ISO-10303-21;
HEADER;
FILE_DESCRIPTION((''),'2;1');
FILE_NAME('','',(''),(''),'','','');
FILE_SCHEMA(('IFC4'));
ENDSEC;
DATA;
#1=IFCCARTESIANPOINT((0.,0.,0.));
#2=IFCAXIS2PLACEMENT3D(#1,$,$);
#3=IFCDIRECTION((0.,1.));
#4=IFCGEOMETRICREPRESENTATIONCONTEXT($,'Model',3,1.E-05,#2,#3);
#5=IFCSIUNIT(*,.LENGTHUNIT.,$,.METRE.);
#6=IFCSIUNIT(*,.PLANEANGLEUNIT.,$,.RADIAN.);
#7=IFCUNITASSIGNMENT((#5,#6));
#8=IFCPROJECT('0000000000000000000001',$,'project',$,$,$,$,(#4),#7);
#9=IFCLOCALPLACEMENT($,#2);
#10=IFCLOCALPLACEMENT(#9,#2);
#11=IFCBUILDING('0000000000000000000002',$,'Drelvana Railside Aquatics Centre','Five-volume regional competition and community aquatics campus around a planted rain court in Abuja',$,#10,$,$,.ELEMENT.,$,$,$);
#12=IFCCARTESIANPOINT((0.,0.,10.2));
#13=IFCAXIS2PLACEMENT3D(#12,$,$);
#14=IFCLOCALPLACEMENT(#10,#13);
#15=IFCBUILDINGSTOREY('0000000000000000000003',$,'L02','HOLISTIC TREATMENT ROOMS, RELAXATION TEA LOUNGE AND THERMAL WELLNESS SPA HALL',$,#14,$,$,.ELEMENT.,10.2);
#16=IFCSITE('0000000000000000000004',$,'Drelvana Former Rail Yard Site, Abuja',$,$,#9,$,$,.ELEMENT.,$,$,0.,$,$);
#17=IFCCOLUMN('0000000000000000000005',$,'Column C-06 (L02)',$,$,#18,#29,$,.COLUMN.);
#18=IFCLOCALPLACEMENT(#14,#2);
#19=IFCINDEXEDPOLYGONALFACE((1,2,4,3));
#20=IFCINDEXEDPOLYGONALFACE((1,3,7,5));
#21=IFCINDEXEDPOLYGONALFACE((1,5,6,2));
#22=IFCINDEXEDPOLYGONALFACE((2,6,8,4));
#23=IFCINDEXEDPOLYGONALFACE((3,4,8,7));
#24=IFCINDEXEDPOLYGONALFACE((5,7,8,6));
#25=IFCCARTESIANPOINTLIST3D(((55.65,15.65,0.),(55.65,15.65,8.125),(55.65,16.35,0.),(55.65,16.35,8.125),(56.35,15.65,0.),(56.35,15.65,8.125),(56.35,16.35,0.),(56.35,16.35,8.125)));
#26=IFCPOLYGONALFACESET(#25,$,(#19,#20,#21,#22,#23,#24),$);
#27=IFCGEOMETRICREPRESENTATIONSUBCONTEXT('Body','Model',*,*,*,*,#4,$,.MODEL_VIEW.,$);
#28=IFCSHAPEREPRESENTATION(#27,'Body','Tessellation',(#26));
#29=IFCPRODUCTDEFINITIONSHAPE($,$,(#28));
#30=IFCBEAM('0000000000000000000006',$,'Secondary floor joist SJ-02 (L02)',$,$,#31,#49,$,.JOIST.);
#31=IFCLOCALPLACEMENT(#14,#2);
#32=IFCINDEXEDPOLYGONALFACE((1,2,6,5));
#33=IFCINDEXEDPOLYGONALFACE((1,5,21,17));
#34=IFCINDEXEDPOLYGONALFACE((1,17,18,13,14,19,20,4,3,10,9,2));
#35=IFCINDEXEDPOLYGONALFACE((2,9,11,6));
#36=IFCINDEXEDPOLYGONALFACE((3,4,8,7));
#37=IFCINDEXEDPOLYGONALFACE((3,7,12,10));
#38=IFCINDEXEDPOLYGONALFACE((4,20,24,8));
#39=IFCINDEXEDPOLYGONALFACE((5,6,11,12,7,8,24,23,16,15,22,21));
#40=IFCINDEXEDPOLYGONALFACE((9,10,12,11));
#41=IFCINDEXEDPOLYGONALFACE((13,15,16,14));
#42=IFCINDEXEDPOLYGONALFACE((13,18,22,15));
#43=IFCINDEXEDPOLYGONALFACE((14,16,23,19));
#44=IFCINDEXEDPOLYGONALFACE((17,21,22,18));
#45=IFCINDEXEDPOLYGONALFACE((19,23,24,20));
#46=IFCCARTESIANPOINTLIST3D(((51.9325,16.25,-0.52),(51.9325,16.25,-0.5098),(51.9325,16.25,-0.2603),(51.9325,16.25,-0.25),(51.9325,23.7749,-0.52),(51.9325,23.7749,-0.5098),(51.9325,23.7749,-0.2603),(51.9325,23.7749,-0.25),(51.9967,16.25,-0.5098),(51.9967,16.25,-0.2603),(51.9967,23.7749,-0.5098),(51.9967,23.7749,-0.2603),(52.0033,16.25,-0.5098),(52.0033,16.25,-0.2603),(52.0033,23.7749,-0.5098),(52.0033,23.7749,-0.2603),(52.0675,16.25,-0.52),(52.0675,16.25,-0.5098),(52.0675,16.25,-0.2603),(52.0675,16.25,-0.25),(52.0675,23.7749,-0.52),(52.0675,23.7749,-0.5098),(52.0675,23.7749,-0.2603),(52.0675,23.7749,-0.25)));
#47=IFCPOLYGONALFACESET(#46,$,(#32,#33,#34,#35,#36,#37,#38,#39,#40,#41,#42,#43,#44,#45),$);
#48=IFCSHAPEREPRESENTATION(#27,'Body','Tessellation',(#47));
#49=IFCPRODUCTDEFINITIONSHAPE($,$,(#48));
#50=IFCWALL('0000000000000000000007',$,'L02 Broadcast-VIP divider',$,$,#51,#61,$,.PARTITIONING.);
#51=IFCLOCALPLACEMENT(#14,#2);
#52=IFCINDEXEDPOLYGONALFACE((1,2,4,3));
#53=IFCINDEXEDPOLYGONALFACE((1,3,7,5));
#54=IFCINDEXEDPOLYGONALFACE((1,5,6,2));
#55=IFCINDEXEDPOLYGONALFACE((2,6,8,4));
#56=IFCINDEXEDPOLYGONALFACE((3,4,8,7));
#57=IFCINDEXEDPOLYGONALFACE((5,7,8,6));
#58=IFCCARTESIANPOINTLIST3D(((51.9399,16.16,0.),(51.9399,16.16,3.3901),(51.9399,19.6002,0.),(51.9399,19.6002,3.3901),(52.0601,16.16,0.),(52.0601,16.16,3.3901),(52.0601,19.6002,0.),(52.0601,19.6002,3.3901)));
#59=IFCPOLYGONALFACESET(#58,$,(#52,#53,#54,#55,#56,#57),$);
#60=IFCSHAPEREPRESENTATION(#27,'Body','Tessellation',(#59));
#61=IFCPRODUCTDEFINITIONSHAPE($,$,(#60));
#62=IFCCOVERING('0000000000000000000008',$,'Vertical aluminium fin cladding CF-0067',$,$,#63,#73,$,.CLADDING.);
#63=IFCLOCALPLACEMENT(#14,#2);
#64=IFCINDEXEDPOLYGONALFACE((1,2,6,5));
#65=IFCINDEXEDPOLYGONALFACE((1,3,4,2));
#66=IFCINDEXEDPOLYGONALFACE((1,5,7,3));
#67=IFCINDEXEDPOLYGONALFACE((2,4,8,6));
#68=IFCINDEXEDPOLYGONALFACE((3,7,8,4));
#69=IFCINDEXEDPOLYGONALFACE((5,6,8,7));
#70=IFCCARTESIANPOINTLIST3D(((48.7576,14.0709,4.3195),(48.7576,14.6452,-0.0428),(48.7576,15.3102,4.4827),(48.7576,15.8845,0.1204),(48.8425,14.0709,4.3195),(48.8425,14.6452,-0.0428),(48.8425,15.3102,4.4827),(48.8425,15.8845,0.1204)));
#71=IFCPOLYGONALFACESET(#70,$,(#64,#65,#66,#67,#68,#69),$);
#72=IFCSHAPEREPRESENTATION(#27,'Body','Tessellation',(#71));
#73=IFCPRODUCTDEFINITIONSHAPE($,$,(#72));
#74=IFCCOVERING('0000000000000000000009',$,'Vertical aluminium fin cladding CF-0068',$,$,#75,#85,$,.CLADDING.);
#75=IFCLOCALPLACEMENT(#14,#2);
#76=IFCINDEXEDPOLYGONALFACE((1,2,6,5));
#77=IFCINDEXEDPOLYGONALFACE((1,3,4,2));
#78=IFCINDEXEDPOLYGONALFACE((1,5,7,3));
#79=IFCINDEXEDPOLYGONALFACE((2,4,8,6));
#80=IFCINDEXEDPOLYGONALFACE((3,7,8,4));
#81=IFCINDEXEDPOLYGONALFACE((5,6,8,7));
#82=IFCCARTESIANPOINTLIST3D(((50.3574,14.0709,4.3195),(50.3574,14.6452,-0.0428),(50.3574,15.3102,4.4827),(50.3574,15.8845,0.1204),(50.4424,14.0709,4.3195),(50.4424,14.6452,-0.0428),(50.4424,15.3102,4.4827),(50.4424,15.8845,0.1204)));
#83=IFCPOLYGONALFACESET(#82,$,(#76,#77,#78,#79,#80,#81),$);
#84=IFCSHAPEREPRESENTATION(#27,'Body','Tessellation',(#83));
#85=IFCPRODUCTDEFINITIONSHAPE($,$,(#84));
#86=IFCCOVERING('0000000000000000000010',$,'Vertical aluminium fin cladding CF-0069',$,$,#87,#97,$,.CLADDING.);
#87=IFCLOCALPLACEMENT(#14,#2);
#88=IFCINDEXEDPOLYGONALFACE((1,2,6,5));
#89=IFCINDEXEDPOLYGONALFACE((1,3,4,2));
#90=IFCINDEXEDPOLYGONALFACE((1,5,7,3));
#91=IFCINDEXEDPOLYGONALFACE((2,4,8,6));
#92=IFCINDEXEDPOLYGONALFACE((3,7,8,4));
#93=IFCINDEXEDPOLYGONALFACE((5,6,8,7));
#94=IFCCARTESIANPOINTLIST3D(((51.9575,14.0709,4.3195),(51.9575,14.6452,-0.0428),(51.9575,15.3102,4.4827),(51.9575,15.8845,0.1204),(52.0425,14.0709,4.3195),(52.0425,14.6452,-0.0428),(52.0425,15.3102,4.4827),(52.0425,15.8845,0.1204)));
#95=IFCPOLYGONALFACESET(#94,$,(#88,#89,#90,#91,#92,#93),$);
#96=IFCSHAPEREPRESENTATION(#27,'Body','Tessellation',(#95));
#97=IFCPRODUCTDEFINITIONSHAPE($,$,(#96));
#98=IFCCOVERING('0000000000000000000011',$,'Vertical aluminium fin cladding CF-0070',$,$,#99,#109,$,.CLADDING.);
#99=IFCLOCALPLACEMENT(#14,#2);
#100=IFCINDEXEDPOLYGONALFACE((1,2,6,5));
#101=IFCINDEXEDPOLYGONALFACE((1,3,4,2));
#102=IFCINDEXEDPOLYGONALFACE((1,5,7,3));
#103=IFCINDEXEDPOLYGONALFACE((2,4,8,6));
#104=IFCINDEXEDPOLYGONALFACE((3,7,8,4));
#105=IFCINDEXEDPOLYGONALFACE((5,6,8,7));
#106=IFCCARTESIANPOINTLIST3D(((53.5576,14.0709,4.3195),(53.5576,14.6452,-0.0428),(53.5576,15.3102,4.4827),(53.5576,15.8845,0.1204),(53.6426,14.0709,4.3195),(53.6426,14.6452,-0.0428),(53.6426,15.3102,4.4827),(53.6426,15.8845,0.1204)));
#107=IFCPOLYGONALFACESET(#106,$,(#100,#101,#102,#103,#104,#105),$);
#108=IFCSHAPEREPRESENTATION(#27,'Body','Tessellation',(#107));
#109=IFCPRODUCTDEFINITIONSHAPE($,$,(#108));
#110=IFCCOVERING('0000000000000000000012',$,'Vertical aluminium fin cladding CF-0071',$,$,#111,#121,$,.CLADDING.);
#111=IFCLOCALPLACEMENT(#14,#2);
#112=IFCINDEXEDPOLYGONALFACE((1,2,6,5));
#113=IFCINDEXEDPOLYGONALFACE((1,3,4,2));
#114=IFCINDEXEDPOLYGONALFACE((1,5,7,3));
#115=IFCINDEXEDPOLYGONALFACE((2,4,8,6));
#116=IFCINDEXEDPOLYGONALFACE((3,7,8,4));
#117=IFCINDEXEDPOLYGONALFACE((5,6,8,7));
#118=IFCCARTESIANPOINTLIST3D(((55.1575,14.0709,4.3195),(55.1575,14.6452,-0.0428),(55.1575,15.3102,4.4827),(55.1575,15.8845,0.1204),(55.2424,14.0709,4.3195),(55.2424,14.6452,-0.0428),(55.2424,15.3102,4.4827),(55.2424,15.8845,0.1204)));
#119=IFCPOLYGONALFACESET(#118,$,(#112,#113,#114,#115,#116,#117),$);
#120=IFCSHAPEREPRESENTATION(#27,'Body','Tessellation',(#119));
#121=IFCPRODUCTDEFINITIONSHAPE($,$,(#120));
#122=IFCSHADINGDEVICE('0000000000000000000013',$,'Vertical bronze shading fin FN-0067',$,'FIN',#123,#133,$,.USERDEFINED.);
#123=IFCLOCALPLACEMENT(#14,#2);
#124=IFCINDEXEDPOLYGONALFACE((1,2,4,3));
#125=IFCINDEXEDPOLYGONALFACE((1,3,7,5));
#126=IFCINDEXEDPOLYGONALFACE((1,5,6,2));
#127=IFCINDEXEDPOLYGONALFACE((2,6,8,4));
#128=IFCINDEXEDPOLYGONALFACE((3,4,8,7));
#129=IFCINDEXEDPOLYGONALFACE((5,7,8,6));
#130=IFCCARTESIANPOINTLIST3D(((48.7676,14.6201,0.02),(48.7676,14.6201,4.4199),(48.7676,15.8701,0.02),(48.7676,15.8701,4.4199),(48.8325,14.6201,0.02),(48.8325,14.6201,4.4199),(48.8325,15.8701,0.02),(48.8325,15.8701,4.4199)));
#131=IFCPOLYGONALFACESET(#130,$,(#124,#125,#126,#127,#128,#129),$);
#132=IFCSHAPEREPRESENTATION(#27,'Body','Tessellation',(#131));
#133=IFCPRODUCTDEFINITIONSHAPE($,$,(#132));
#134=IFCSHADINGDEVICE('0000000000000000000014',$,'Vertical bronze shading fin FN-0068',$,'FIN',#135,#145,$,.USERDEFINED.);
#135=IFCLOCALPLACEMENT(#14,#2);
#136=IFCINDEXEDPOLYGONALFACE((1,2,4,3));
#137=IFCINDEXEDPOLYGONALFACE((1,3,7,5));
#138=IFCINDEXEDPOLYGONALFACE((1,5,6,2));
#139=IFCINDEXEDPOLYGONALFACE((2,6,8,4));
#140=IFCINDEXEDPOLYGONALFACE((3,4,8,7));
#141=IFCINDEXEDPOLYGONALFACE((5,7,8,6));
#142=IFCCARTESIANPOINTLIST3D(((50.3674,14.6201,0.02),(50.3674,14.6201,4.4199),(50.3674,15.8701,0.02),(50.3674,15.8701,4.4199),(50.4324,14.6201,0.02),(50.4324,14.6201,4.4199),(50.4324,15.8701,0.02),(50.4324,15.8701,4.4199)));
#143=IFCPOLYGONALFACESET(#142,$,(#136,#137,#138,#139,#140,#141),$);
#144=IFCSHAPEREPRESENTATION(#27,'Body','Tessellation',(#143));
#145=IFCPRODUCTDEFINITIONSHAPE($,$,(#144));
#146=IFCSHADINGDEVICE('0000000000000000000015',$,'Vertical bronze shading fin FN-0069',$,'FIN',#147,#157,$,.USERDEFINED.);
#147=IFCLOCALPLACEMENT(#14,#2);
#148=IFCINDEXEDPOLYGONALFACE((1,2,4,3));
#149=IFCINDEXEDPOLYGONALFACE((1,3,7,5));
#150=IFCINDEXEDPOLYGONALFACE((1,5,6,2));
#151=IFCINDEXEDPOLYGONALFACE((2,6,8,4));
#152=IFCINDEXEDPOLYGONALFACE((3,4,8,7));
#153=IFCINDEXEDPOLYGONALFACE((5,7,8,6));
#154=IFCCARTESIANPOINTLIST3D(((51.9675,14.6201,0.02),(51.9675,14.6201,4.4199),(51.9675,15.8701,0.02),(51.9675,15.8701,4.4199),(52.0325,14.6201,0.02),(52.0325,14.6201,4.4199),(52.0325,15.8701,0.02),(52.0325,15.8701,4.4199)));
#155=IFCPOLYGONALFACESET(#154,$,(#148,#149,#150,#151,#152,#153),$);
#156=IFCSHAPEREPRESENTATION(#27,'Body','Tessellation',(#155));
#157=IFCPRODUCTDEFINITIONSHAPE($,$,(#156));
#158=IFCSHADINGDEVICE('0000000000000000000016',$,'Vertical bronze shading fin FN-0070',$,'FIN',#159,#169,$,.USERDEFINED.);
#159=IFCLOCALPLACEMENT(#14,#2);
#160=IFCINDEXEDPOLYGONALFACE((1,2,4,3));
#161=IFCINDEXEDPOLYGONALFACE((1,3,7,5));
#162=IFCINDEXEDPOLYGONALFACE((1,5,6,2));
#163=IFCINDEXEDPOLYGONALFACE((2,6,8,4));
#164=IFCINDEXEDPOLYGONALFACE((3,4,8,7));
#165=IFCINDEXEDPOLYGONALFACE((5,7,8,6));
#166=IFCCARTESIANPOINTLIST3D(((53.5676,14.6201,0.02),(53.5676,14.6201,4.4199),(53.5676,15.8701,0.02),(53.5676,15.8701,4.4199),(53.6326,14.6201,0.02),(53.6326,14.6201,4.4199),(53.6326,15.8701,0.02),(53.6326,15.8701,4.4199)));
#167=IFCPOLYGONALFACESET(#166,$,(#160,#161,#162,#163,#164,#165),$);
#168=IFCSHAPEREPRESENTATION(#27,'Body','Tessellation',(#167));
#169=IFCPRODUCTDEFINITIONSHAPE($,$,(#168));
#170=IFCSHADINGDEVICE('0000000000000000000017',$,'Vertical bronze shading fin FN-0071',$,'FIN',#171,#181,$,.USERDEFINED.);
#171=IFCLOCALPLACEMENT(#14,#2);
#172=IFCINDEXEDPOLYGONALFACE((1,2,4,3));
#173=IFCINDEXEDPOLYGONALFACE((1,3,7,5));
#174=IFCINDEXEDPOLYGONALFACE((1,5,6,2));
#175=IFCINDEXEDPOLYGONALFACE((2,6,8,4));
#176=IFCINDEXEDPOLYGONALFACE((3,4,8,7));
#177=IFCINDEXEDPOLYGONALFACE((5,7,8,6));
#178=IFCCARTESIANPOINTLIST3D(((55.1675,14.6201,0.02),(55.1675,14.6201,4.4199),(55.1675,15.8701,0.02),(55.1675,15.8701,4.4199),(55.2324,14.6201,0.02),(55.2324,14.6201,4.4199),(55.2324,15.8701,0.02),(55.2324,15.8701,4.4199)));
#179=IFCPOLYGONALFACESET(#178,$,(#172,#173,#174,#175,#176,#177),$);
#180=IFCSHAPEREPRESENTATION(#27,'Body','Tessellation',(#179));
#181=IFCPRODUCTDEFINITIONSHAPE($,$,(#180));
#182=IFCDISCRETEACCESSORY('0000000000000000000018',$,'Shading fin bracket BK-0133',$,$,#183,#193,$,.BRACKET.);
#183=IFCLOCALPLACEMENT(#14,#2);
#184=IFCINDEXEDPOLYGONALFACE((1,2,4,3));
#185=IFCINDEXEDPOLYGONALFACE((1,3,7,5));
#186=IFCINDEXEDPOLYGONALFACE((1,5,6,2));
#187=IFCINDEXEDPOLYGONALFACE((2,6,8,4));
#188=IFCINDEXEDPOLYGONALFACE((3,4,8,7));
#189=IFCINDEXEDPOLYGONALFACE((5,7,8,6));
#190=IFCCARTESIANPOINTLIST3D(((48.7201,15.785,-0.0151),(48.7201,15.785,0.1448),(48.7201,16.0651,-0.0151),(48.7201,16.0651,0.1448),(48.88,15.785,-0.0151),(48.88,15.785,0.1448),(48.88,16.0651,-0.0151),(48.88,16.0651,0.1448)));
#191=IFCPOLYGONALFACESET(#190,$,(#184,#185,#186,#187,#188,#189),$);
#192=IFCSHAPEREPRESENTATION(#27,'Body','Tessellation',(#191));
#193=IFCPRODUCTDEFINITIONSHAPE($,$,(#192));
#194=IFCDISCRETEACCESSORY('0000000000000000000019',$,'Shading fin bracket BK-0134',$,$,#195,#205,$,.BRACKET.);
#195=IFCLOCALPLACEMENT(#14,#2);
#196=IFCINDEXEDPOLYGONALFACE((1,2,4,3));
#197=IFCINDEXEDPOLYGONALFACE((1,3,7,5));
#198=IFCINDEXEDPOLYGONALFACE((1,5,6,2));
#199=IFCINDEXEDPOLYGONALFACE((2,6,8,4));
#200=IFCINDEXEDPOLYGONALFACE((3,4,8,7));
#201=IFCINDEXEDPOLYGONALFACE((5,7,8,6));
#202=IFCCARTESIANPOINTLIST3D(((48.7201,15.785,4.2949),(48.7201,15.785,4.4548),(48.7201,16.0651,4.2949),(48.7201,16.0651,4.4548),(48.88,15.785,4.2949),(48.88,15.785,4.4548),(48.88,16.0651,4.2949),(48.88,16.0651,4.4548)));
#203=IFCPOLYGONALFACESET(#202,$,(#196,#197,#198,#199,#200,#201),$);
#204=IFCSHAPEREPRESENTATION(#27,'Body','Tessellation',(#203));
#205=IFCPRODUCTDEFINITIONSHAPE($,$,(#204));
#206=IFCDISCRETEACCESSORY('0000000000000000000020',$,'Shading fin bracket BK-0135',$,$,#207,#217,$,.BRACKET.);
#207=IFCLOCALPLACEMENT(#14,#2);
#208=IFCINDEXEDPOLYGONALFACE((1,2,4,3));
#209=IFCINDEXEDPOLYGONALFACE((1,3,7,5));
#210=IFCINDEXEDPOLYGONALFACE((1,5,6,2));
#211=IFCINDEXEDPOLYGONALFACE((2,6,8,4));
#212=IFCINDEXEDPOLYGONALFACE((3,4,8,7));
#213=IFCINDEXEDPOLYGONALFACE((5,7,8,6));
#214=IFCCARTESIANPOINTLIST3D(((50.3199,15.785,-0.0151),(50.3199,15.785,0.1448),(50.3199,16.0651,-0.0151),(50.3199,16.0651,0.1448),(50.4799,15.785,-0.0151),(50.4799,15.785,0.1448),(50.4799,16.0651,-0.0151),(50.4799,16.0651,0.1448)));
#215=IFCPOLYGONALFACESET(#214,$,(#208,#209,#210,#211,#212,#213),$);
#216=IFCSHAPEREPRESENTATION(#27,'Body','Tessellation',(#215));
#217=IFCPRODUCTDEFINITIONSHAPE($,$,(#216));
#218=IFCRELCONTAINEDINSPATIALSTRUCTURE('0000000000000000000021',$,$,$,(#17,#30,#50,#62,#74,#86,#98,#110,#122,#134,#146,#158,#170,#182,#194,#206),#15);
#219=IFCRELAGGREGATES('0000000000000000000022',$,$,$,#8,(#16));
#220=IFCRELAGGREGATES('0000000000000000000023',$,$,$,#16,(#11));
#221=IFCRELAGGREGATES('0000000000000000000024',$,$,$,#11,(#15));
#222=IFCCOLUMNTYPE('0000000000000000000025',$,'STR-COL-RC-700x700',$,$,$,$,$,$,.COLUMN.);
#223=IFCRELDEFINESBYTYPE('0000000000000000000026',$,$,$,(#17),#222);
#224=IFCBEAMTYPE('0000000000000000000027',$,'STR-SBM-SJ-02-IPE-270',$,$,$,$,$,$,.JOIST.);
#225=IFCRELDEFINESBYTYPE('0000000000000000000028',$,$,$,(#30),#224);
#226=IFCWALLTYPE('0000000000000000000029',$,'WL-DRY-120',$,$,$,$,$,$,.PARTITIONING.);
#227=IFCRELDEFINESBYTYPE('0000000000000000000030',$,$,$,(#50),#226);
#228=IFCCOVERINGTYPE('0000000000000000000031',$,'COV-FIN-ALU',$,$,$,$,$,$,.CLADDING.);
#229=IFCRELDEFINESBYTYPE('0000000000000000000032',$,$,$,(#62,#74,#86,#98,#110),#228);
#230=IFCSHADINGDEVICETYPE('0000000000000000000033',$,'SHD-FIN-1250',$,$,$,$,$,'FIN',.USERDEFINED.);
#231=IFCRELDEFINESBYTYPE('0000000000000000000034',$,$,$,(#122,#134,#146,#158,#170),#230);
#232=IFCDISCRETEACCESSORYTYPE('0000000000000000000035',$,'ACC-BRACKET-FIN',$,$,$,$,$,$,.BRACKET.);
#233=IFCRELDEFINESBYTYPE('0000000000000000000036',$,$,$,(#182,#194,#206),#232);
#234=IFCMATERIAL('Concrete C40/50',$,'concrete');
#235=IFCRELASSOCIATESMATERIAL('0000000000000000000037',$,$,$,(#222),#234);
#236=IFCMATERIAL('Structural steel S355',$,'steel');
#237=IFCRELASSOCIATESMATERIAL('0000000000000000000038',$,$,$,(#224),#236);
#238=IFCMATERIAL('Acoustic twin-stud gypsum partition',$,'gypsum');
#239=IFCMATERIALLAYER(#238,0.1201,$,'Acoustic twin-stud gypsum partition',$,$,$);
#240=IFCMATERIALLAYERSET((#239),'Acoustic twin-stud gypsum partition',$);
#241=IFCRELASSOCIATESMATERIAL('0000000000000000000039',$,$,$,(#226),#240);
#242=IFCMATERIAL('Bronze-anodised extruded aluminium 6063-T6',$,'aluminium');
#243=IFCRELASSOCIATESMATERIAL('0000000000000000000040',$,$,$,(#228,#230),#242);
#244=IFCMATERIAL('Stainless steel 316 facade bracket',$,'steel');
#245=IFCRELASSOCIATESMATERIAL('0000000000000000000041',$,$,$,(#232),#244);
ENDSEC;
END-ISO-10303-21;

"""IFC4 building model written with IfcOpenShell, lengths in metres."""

from ifc_helpers import new_model, si_unit, direction, frame, frame_2d, origin, origin_2d, place, context, subcontext, project, spatial, rectangle, i_section, extrude, material, layer, layer_set, material_profile, profile_set, type_object, element, save


model = new_model("IFC4")

# Units and contexts
model_context = context("Model", 3, precision=1e-05, world=origin(), true_north=direction((0.0, 1.0)))
body_context = subcontext(model_context, "Body", "Model", "MODEL_VIEW")
ifc_project = project(units=[si_unit("LENGTHUNIT", "METRE"), si_unit("PLANEANGLEUNIT", "RADIAN")], contexts=[model_context])

# Site, building, storey
site_placement = place(None, origin())
site = spatial("IfcSite", under=ifc_project, at=site_placement, Name="Drelvana Former Rail Yard Site, Abuja", CompositionType="ELEMENT", RefElevation=0.0)
building_placement = place(site_placement, origin())
building = spatial("IfcBuilding", under=site, at=building_placement, Name="Drelvana Railside Aquatics Centre", Description="Five-volume regional competition and community aquatics campus around a planted rain court in Abuja", CompositionType="ELEMENT")
storey_placement = place(building_placement, frame((0.0, 0.0, 10.2)))
storey = spatial("IfcBuildingStorey", under=building, at=storey_placement, Name="L02", Description="HOLISTIC TREATMENT ROOMS, RELAXATION TEA LOUNGE AND THERMAL WELLNESS SPA HALL", CompositionType="ELEMENT", Elevation=10.2)

# Column
ifc_material_1 = material(Name="Concrete C40/50", Category="concrete")
ifc_material_profile_1 = material_profile(ifc_material_1, rectangle(XDim=0.7, YDim=0.7, at=origin_2d()), Name="RC 700x700")
ifc_profile_set_1 = profile_set([ifc_material_profile_1], Name="Concrete C40/50")
column_type = type_object("IfcColumnType", Name="STR-COL-RC-700x700", PredefinedType="COLUMN", material=ifc_profile_set_1)
column_placement = place(storey_placement, frame((56.0, 16.0, 0.0), z_axis=(0.0, 0.0, 1.0), x_axis=(1.0, 0.0, 0.0)))
element("IfcColumn", 1, at=column_placement, inside=storey, type_object=column_type, Name="Column C-06 (L02)", PredefinedType="COLUMN", context=body_context, shape_type="SweptSolid", body=[
    extrude(rectangle(XDim=0.7, YDim=0.7, at=origin_2d()), origin(), (0.0, 0.0, 1.0), 8.125),
])

# Beam
ifc_material_2 = material(Name="Structural steel S355", Category="steel")
ifc_material_profile_2 = material_profile(ifc_material_2, i_section(OverallWidth=0.135, OverallDepth=0.27, WebThickness=0.0066, FlangeThickness=0.0103, at=origin_2d()), Name="IPE 270")
ifc_profile_set_2 = profile_set([ifc_material_profile_2], Name="Structural steel S355")
beam_type = type_object("IfcBeamType", Name="STR-SBM-SJ-02-IPE-270", PredefinedType="JOIST", material=ifc_profile_set_2)
beam_placement = place(storey_placement, frame((52.0, 16.25, -0.385), z_axis=(0.0, 1.0, 0.0), x_axis=(-1.0, 0.0, 0.0)))
element("IfcBeam", 2, at=beam_placement, inside=storey, type_object=beam_type, Name="Secondary floor joist SJ-02 (L02)", PredefinedType="JOIST", context=body_context, shape_type="SweptSolid", body=[
    extrude(i_section(OverallWidth=0.135, OverallDepth=0.27, WebThickness=0.0066, FlangeThickness=0.0103, at=origin_2d()), origin(), (0.0, 0.0, 1.0), 7.5249),
])

# Wall
ifc_material_3 = material(Name="Acoustic twin-stud gypsum partition", Category="gypsum")
ifc_layer = layer(ifc_material_3, 0.1201, Name="Acoustic twin-stud gypsum partition")
ifc_layer_set = layer_set([ifc_layer], Name="Acoustic twin-stud gypsum partition")
wall_type = type_object("IfcWallType", Name="WL-DRY-120", PredefinedType="PARTITIONING", material=ifc_layer_set)
wall_placement = place(storey_placement, frame((52.0, 16.1599, 0.0), z_axis=(0.0, 0.0, 1.0), x_axis=(0.0, 1.0, 0.0)))
element("IfcWall", 3, at=wall_placement, inside=storey, type_object=wall_type, Name="L02 Broadcast-VIP divider", PredefinedType="PARTITIONING", context=body_context, shape_type="SweptSolid", body=[
    extrude(rectangle(XDim=3.4402, YDim=0.1201, at=frame_2d((1.7202, 0.0))), origin(), (0.0, 0.0, 1.0), 3.3901),
])

# Coverings
ifc_material_4 = material(Name="Bronze-anodised extruded aluminium 6063-T6", Category="aluminium")
covering_type = type_object("IfcCoveringType", Name="COV-FIN-ALU", PredefinedType="CLADDING", material=ifc_material_4)
for number, where, z_axis, x_axis, name in (
    (4, (48.8, 15.2649, 0.0388), (0.0, -0.130526, 0.991445), (-1.0, 0.0, 0.0), "Vertical aluminium fin cladding CF-0067"),
    (5, (50.3999, 15.2649, 0.0388), (0.0, -0.130526, 0.991445), (-1.0, 0.0, 0.0), "Vertical aluminium fin cladding CF-0068"),
    (6, (52.0, 15.2649, 0.0388), (0.0, -0.130526, 0.991445), (-1.0, 0.0, 0.0), "Vertical aluminium fin cladding CF-0069"),
    (7, (53.6001, 15.2649, 0.0388), (0.0, -0.130526, 0.991445), (-1.0, 0.0, 0.0), "Vertical aluminium fin cladding CF-0070"),
    (8, (55.2, 15.2649, 0.0388), (0.0, -0.130526, 0.991445), (-1.0, 0.0, 0.0), "Vertical aluminium fin cladding CF-0071"),
):
    element("IfcCovering", number, at=place(storey_placement, frame(where, z_axis=z_axis, x_axis=x_axis)), inside=storey, type_object=covering_type, Name=name, PredefinedType="CLADDING", context=body_context, shape_type="SweptSolid", body=[
        extrude(rectangle(XDim=0.085, YDim=1.25, at=origin_2d()), origin(), (0.0, 0.0, 1.0), 4.3999),
    ])

# Shading devices
shading_device_type = type_object("IfcShadingDeviceType", Name="SHD-FIN-1250", ElementType="FIN", PredefinedType="USERDEFINED", material=ifc_material_4)
for number, where, z_axis, x_axis, name in (
    (9, (48.8, 15.2451, 0.02), (0.0, 0.0, 1.0), (0.0, -1.0, 0.0), "Vertical bronze shading fin FN-0067"),
    (10, (50.3999, 15.2451, 0.02), (0.0, 0.0, 1.0), (0.0, -1.0, 0.0), "Vertical bronze shading fin FN-0068"),
    (11, (52.0, 15.2451, 0.02), (0.0, 0.0, 1.0), (0.0, -1.0, 0.0), "Vertical bronze shading fin FN-0069"),
    (12, (53.6001, 15.2451, 0.02), (0.0, 0.0, 1.0), (0.0, -1.0, 0.0), "Vertical bronze shading fin FN-0070"),
    (13, (55.2, 15.2451, 0.02), (0.0, 0.0, 1.0), (0.0, -1.0, 0.0), "Vertical bronze shading fin FN-0071"),
):
    element("IfcShadingDevice", number, at=place(storey_placement, frame(where, z_axis=z_axis, x_axis=x_axis)), inside=storey, type_object=shading_device_type, Name=name, ObjectType="FIN", PredefinedType="USERDEFINED", context=body_context, shape_type="SweptSolid", body=[
        extrude(rectangle(XDim=1.25, YDim=0.0649, at=origin_2d()), origin(), (0.0, 0.0, 1.0), 4.3999),
    ])

# Discrete accessories
ifc_material_5 = material(Name="Stainless steel 316 facade bracket", Category="steel")
discrete_accessory_type = type_object("IfcDiscreteAccessoryType", Name="ACC-BRACKET-FIN", PredefinedType="BRACKET", material=ifc_material_5)
for number, where, z_axis, x_axis, name in (
    (14, (48.8, 15.925, -0.0151), (0.0, 0.0, 1.0), (0.0, -1.0, 0.0), "Shading fin bracket BK-0133"),
    (15, (48.8, 15.925, 4.2949), (0.0, 0.0, 1.0), (0.0, -1.0, 0.0), "Shading fin bracket BK-0134"),
    (16, (50.3999, 15.925, -0.0151), (0.0, 0.0, 1.0), (0.0, -1.0, 0.0), "Shading fin bracket BK-0135"),
):
    element("IfcDiscreteAccessory", number, at=place(storey_placement, frame(where, z_axis=z_axis, x_axis=x_axis)), inside=storey, type_object=discrete_accessory_type, Name=name, PredefinedType="BRACKET", context=body_context, shape_type="SweptSolid", body=[
        extrude(rectangle(XDim=0.28, YDim=0.1599, at=origin_2d()), origin(), (0.0, 0.0, 1.0), 0.1599),
    ])

save(model, "model.ifc")
